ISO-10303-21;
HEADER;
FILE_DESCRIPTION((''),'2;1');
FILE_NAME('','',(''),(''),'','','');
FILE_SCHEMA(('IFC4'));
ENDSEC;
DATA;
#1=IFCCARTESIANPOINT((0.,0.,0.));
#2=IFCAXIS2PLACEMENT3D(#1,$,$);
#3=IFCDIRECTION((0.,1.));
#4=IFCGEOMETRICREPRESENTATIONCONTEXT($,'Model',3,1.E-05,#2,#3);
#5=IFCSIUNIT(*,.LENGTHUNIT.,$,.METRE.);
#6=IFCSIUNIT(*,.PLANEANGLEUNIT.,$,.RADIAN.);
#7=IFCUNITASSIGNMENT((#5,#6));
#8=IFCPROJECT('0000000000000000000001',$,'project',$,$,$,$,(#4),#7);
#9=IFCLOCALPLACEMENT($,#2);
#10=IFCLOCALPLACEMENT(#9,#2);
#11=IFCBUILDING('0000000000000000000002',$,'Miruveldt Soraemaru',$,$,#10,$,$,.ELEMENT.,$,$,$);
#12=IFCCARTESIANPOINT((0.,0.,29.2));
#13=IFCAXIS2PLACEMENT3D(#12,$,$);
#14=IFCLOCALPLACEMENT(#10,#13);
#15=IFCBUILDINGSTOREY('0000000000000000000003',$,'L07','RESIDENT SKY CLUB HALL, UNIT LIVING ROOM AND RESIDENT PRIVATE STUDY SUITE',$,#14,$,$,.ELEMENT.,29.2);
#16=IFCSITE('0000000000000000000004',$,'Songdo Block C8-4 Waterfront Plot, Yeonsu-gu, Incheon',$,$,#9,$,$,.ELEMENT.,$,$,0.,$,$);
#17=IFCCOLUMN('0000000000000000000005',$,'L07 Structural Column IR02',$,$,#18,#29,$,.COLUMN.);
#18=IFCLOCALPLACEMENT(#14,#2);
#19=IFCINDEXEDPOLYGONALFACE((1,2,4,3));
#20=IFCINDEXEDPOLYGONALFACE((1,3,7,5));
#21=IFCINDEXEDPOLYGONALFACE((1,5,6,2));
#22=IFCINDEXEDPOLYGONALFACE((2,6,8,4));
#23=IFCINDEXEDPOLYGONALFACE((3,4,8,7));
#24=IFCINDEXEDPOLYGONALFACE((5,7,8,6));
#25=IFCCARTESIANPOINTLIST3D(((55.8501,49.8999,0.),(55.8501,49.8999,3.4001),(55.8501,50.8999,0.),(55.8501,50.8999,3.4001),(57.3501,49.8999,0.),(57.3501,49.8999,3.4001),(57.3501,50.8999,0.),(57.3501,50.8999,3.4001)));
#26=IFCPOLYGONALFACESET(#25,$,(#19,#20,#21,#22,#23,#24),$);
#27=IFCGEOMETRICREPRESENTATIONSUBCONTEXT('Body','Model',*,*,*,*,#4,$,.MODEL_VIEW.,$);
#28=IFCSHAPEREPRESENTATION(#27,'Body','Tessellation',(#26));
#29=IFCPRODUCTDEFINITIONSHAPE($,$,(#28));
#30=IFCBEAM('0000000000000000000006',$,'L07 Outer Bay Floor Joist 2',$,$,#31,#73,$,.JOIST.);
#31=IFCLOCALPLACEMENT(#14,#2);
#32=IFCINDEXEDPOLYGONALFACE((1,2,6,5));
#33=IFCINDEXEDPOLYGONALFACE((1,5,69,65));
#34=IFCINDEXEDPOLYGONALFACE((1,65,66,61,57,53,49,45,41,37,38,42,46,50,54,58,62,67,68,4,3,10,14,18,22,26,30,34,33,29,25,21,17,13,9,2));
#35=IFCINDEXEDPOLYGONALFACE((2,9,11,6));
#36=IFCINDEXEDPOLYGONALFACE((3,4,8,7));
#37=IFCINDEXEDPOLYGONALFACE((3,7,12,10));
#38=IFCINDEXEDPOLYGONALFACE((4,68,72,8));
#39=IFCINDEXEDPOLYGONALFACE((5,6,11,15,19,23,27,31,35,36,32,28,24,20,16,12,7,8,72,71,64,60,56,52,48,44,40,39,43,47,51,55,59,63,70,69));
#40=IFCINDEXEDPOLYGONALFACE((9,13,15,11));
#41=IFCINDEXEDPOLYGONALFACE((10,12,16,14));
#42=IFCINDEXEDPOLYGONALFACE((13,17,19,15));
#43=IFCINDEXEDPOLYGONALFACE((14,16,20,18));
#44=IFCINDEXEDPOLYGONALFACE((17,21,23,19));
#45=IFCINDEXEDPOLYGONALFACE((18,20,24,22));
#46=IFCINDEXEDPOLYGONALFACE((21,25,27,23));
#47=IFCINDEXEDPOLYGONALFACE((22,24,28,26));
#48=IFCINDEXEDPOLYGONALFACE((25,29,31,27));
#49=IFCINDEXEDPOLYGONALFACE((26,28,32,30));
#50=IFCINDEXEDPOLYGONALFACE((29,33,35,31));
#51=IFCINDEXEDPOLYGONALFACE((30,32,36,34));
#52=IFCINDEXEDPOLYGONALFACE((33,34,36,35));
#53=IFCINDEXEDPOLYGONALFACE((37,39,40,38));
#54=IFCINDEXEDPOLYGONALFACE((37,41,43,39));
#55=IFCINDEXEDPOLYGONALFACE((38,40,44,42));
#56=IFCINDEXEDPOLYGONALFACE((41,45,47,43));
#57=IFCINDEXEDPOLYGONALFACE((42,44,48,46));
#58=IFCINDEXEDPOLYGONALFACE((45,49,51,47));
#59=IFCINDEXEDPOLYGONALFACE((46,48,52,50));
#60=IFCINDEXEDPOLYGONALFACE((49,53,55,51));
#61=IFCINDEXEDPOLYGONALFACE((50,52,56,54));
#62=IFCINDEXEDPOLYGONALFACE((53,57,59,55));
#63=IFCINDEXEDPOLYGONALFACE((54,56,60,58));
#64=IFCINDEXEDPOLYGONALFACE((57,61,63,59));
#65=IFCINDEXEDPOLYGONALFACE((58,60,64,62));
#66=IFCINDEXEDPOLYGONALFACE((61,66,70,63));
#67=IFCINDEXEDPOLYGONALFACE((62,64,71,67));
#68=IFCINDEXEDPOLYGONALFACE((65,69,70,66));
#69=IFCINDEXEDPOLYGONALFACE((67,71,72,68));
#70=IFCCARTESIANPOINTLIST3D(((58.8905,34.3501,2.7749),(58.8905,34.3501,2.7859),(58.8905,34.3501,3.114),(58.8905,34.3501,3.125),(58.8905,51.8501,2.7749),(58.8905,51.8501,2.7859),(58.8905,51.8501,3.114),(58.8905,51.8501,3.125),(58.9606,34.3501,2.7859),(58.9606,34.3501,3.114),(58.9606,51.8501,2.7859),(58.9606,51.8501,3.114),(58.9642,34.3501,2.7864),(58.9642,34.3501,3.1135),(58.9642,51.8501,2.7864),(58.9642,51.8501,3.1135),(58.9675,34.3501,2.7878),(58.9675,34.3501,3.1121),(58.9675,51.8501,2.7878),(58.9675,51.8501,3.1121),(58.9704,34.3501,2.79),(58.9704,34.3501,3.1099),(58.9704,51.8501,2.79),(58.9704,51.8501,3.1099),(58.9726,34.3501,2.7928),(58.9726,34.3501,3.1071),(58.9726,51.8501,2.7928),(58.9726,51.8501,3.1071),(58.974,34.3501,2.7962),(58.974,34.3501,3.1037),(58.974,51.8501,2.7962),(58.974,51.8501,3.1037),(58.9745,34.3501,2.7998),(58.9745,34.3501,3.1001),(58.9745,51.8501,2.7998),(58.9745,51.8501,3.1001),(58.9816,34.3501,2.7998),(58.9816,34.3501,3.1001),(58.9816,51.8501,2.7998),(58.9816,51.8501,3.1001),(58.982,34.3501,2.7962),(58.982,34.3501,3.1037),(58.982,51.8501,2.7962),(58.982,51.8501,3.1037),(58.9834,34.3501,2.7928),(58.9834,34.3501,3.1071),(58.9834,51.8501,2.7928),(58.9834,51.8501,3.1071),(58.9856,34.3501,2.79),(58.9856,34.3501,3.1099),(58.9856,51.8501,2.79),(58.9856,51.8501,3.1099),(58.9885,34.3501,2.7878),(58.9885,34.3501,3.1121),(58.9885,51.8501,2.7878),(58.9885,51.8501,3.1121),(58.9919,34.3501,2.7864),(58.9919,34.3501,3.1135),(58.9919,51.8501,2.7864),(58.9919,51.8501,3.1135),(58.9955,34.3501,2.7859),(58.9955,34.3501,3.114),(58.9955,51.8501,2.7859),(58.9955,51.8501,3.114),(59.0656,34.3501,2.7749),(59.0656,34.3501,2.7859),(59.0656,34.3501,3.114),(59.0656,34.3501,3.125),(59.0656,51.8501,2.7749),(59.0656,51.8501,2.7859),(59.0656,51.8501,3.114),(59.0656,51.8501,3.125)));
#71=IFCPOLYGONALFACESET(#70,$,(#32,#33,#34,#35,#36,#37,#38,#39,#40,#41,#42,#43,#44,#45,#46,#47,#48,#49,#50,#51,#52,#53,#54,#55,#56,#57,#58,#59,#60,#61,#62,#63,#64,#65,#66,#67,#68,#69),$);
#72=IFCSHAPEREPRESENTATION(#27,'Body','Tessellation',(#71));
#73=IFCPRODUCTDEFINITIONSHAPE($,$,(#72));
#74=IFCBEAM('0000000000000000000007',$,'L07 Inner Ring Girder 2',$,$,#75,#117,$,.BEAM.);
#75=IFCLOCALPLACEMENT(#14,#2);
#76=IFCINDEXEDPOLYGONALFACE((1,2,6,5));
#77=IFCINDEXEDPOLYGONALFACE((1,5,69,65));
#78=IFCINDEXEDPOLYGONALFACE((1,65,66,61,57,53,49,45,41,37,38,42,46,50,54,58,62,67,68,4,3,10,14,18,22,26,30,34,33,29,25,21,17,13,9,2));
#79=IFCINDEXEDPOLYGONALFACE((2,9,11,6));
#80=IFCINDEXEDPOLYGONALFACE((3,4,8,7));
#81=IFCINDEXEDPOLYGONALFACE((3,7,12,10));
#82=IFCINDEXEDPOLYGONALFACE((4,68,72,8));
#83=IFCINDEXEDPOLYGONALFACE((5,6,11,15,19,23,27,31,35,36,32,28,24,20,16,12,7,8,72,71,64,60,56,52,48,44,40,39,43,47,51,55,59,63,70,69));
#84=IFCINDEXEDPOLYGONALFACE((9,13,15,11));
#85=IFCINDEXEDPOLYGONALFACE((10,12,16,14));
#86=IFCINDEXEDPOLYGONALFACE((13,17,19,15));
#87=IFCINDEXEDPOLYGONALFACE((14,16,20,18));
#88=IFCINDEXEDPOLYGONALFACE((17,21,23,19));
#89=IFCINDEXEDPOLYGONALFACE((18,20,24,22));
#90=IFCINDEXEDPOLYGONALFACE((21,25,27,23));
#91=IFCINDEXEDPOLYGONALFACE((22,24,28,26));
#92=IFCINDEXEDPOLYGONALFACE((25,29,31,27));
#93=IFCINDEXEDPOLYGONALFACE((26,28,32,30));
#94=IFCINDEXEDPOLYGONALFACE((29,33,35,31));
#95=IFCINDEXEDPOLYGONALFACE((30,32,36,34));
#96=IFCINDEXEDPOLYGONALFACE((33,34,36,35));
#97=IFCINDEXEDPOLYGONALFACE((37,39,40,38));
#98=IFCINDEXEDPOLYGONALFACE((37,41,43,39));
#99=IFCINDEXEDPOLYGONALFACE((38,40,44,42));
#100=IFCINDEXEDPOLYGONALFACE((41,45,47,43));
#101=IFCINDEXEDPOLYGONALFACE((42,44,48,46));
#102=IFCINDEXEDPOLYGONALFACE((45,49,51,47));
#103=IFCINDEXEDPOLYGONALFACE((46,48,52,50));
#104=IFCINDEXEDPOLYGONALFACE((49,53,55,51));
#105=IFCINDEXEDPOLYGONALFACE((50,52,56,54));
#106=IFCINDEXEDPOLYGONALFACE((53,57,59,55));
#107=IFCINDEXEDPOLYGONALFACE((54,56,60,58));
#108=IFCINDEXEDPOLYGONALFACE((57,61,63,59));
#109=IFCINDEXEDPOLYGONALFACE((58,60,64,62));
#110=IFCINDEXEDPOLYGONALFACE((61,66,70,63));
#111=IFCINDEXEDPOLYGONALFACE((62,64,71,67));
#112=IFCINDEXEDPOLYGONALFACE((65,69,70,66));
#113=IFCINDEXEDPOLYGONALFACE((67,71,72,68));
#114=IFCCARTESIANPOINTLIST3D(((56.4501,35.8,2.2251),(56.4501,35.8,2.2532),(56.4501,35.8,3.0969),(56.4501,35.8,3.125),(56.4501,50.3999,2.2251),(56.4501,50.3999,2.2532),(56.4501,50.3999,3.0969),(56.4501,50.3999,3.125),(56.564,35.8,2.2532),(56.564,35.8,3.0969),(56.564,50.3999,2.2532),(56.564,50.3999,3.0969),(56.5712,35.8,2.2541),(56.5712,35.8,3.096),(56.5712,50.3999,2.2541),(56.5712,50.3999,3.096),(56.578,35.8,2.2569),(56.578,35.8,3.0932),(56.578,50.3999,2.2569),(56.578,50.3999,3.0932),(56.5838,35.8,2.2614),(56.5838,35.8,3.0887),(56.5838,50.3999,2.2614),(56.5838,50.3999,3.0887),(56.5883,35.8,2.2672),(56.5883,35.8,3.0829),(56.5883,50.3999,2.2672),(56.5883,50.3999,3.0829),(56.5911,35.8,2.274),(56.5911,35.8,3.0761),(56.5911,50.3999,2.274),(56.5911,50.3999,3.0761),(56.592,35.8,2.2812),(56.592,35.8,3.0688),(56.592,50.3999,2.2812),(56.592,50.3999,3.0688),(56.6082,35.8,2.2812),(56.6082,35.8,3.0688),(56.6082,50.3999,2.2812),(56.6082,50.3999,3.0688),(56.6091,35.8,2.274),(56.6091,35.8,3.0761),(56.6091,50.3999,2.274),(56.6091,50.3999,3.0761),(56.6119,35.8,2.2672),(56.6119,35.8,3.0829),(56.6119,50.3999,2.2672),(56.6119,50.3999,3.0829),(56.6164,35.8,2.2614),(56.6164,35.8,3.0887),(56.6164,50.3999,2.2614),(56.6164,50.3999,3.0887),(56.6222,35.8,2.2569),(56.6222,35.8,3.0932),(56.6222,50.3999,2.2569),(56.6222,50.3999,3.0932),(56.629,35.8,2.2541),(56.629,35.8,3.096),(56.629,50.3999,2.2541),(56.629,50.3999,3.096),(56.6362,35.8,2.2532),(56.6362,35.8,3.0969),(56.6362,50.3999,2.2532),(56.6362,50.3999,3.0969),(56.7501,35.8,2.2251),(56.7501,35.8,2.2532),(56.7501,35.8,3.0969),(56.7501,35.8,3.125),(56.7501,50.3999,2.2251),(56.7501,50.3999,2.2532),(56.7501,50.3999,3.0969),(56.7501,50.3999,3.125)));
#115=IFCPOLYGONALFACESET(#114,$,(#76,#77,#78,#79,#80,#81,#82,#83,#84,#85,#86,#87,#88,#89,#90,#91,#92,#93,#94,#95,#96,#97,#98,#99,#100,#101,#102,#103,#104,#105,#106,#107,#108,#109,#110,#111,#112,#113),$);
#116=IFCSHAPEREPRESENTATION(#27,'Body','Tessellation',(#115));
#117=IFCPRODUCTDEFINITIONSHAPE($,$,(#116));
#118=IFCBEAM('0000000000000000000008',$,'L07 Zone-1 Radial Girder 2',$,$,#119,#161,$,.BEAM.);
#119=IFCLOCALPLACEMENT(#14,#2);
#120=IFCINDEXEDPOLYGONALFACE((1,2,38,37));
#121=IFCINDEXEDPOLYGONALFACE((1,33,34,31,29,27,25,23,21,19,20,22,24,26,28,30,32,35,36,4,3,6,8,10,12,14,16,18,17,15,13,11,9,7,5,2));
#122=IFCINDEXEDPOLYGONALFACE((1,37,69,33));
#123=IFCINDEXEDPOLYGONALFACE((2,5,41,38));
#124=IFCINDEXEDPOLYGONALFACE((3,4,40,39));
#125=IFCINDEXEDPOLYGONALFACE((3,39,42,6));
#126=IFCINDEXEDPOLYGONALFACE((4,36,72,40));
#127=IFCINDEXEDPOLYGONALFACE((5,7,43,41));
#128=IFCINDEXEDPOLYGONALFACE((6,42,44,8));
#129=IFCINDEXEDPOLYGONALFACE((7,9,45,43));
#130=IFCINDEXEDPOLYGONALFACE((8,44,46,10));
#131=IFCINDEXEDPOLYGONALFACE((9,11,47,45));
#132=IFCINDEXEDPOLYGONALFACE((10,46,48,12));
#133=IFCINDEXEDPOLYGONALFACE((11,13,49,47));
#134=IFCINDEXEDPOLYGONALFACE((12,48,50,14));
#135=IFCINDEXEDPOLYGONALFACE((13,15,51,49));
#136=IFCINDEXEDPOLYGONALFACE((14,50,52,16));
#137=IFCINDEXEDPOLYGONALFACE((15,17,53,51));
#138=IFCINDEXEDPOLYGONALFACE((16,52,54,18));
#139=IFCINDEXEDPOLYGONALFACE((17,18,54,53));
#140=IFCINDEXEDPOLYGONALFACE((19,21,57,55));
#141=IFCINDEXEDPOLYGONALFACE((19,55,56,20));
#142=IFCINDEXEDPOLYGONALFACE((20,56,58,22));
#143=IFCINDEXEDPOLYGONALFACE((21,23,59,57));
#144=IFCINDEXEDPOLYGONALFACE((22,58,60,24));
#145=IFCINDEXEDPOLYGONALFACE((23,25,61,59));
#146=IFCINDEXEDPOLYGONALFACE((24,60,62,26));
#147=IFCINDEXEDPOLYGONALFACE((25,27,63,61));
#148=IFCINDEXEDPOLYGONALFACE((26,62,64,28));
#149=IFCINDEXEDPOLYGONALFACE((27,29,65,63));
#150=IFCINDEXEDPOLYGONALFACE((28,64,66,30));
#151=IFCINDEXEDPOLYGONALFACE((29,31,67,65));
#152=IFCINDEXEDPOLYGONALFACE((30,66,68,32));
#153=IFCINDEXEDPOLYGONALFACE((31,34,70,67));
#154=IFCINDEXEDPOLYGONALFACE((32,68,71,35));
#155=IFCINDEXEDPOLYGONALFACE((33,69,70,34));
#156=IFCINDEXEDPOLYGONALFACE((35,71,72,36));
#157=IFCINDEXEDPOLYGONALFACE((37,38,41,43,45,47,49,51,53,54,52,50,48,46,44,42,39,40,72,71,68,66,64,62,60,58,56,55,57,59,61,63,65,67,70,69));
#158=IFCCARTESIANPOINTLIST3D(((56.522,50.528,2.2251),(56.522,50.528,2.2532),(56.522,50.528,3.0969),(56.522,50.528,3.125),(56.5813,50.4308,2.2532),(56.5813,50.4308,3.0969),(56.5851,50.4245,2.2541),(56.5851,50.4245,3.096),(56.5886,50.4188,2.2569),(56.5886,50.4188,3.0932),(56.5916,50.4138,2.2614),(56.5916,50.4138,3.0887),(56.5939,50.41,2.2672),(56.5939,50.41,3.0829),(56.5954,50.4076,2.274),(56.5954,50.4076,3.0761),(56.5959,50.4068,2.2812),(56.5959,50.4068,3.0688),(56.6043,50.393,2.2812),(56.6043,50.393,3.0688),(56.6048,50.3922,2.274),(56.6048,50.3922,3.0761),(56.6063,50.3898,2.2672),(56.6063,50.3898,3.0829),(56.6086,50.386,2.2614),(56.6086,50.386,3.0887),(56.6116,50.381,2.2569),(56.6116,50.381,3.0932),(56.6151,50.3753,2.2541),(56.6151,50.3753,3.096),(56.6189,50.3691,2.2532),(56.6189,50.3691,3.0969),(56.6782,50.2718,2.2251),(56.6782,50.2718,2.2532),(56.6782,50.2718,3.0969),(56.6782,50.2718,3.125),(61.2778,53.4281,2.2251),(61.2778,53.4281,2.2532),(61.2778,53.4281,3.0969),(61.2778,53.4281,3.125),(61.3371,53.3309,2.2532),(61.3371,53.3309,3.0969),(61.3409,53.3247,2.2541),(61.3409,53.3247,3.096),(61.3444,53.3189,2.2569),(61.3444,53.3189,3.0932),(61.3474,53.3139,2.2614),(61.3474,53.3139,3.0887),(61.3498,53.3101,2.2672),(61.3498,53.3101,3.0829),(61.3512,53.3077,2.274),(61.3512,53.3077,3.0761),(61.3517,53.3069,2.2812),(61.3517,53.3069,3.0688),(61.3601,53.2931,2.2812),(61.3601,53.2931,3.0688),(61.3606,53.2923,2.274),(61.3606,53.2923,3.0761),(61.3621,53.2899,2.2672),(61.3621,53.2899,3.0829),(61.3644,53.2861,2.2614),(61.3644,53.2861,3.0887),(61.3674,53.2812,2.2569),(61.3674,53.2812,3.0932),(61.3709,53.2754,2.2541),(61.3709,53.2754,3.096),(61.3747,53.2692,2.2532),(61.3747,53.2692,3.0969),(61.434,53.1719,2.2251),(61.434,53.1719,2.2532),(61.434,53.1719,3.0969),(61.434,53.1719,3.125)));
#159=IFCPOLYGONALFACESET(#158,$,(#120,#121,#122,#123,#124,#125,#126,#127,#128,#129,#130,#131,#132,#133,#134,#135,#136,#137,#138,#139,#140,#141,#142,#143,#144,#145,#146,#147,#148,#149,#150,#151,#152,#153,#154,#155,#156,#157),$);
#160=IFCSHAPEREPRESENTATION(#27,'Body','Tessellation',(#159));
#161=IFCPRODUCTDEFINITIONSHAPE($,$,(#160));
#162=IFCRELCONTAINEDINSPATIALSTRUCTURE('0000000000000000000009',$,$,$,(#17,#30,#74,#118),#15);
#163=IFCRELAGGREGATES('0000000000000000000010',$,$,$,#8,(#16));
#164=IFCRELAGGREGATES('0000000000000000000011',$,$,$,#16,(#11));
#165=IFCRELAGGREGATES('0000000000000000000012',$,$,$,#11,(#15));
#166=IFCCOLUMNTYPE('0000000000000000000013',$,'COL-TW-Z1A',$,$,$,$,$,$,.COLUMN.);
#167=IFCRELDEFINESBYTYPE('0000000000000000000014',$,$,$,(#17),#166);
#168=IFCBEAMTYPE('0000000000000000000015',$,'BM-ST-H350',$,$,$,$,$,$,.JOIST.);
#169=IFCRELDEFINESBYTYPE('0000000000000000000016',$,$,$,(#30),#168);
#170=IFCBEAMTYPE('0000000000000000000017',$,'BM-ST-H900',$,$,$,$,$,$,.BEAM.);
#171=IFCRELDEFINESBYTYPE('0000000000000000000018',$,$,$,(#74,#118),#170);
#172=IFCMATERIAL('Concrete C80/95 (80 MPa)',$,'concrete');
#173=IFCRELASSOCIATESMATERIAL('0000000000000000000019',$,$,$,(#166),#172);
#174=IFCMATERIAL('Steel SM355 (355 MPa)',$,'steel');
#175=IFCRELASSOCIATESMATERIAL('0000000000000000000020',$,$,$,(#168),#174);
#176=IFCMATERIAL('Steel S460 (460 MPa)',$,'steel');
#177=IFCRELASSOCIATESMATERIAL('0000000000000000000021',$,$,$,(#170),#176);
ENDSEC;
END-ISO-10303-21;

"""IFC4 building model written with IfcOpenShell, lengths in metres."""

from ifc_helpers import new_model, si_unit, direction, frame, origin, origin_2d, place, context, subcontext, project, spatial, rectangle, i_section, extrude, material, material_profile, profile_set, type_object, element, save


model = new_model("IFC4")

# Units and contexts
model_context = context("Model", 3, precision=1e-05, world=origin(), true_north=direction((0.0, 1.0)))
body_context = subcontext(model_context, "Body", "Model", "MODEL_VIEW")
ifc_project = project(units=[si_unit("LENGTHUNIT", "METRE"), si_unit("PLANEANGLEUNIT", "RADIAN")], contexts=[model_context])

# Site, building, storey
site_placement = place(None, origin())
site = spatial("IfcSite", under=ifc_project, at=site_placement, Name="Songdo Block C8-4 Waterfront Plot, Yeonsu-gu, Incheon", CompositionType="ELEMENT", RefElevation=0.0)
building_placement = place(site_placement, origin())
building = spatial("IfcBuilding", under=site, at=building_placement, Name="Miruveldt Soraemaru", CompositionType="ELEMENT")
storey_placement = place(building_placement, frame((0.0, 0.0, 29.2)))
storey = spatial("IfcBuildingStorey", under=building, at=storey_placement, Name="L07", Description="RESIDENT SKY CLUB HALL, UNIT LIVING ROOM AND RESIDENT PRIVATE STUDY SUITE", CompositionType="ELEMENT", Elevation=29.2)

# Column
ifc_material_1 = material(Name="Concrete C80/95 (80 MPa)", Category="concrete")
ifc_material_profile_1 = material_profile(ifc_material_1, rectangle(XDim=1.5, YDim=1.0, at=origin_2d()), Name="Concrete C80/95 (80 MPa)", Category="concrete")
ifc_profile_set_1 = profile_set([ifc_material_profile_1], Name="Concrete C80/95 (80 MPa)")
column_type = type_object("IfcColumnType", Name="COL-TW-Z1A", PredefinedType="COLUMN", material=ifc_profile_set_1)
column_placement = place(storey_placement, frame((56.6001, 50.3999, 0.0), z_axis=(0.0, 0.0, 1.0), x_axis=(1.0, 0.0, 0.0)))
element("IfcColumn", 1, at=column_placement, inside=storey, type_object=column_type, Name="L07 Structural Column IR02", PredefinedType="COLUMN", context=body_context, shape_type="SweptSolid", body=[
    extrude(rectangle(XDim=1.5, YDim=1.0, at=origin_2d()), origin(), (0.0, 0.0, 1.0), 3.4001),
])

# Beams
ifc_material_2 = material(Name="Steel SM355 (355 MPa)", Category="steel")
ifc_material_profile_2 = material_profile(ifc_material_2, i_section(OverallWidth=0.175, OverallDepth=0.3501, WebThickness=0.0071, FlangeThickness=0.011, FilletRadius=0.0139, at=origin_2d()), Name="Steel SM355 (355 MPa)", Category="steel")
ifc_profile_set_2 = profile_set([ifc_material_profile_2], Name="Steel SM355 (355 MPa)")
beam_type_1 = type_object("IfcBeamType", Name="BM-ST-H350", PredefinedType="JOIST", material=ifc_profile_set_2)
beam_1_placement = place(storey_placement, frame((58.978, 51.8501, 2.95), z_axis=(0.0, -1.0, 0.0), x_axis=(1.0, 0.0, 0.0)))
element("IfcBeam", 2, at=beam_1_placement, inside=storey, type_object=beam_type_1, Name="L07 Outer Bay Floor Joist 2", PredefinedType="JOIST", context=body_context, shape_type="SweptSolid", body=[
    extrude(i_section(OverallWidth=0.175, OverallDepth=0.3501, WebThickness=0.0071, FlangeThickness=0.011, FilletRadius=0.0139, at=origin_2d()), origin(), (0.0, 0.0, 1.0), 17.5),
])
ifc_material_3 = material(Name="Steel S460 (460 MPa)", Category="steel")
ifc_material_profile_3 = material_profile(ifc_material_3, i_section(OverallWidth=0.3, OverallDepth=0.8999, WebThickness=0.0161, FlangeThickness=0.0281, FilletRadius=0.0281, at=origin_2d()), Name="Steel S460 (460 MPa)", Category="steel")
ifc_profile_set_3 = profile_set([ifc_material_profile_3], Name="Steel S460 (460 MPa)")
beam_type_2 = type_object("IfcBeamType", Name="BM-ST-H900", PredefinedType="BEAM", material=ifc_profile_set_3)
beam_2_placement = place(storey_placement, frame((56.6001, 50.3999, 2.675), z_axis=(0.0, -1.0, 0.0), x_axis=(1.0, 0.0, 0.0)))
element("IfcBeam", 3, at=beam_2_placement, inside=storey, type_object=beam_type_2, Name="L07 Inner Ring Girder 2", PredefinedType="BEAM", context=body_context, shape_type="SweptSolid", body=[
    extrude(i_section(OverallWidth=0.3, OverallDepth=0.8999, WebThickness=0.0161, FlangeThickness=0.0281, FilletRadius=0.0281, at=origin_2d()), origin(), (0.0, 0.0, 1.0), 14.5999),
])
beam_3_placement = place(storey_placement, frame((56.6001, 50.3999, 2.675), z_axis=(0.853778, 0.520638, 0.0), x_axis=(-0.520638, 0.853778, 0.0)))
element("IfcBeam", 4, at=beam_3_placement, inside=storey, type_object=beam_type_2, Name="L07 Zone-1 Radial Girder 2", PredefinedType="BEAM", context=body_context, shape_type="SweptSolid", body=[
    extrude(i_section(OverallWidth=0.3, OverallDepth=0.8999, WebThickness=0.0161, FlangeThickness=0.0281, FilletRadius=0.0281, at=origin_2d()), origin(), (0.0, 0.0, 1.0), 5.5703),
])

save(model, "model.ifc")
